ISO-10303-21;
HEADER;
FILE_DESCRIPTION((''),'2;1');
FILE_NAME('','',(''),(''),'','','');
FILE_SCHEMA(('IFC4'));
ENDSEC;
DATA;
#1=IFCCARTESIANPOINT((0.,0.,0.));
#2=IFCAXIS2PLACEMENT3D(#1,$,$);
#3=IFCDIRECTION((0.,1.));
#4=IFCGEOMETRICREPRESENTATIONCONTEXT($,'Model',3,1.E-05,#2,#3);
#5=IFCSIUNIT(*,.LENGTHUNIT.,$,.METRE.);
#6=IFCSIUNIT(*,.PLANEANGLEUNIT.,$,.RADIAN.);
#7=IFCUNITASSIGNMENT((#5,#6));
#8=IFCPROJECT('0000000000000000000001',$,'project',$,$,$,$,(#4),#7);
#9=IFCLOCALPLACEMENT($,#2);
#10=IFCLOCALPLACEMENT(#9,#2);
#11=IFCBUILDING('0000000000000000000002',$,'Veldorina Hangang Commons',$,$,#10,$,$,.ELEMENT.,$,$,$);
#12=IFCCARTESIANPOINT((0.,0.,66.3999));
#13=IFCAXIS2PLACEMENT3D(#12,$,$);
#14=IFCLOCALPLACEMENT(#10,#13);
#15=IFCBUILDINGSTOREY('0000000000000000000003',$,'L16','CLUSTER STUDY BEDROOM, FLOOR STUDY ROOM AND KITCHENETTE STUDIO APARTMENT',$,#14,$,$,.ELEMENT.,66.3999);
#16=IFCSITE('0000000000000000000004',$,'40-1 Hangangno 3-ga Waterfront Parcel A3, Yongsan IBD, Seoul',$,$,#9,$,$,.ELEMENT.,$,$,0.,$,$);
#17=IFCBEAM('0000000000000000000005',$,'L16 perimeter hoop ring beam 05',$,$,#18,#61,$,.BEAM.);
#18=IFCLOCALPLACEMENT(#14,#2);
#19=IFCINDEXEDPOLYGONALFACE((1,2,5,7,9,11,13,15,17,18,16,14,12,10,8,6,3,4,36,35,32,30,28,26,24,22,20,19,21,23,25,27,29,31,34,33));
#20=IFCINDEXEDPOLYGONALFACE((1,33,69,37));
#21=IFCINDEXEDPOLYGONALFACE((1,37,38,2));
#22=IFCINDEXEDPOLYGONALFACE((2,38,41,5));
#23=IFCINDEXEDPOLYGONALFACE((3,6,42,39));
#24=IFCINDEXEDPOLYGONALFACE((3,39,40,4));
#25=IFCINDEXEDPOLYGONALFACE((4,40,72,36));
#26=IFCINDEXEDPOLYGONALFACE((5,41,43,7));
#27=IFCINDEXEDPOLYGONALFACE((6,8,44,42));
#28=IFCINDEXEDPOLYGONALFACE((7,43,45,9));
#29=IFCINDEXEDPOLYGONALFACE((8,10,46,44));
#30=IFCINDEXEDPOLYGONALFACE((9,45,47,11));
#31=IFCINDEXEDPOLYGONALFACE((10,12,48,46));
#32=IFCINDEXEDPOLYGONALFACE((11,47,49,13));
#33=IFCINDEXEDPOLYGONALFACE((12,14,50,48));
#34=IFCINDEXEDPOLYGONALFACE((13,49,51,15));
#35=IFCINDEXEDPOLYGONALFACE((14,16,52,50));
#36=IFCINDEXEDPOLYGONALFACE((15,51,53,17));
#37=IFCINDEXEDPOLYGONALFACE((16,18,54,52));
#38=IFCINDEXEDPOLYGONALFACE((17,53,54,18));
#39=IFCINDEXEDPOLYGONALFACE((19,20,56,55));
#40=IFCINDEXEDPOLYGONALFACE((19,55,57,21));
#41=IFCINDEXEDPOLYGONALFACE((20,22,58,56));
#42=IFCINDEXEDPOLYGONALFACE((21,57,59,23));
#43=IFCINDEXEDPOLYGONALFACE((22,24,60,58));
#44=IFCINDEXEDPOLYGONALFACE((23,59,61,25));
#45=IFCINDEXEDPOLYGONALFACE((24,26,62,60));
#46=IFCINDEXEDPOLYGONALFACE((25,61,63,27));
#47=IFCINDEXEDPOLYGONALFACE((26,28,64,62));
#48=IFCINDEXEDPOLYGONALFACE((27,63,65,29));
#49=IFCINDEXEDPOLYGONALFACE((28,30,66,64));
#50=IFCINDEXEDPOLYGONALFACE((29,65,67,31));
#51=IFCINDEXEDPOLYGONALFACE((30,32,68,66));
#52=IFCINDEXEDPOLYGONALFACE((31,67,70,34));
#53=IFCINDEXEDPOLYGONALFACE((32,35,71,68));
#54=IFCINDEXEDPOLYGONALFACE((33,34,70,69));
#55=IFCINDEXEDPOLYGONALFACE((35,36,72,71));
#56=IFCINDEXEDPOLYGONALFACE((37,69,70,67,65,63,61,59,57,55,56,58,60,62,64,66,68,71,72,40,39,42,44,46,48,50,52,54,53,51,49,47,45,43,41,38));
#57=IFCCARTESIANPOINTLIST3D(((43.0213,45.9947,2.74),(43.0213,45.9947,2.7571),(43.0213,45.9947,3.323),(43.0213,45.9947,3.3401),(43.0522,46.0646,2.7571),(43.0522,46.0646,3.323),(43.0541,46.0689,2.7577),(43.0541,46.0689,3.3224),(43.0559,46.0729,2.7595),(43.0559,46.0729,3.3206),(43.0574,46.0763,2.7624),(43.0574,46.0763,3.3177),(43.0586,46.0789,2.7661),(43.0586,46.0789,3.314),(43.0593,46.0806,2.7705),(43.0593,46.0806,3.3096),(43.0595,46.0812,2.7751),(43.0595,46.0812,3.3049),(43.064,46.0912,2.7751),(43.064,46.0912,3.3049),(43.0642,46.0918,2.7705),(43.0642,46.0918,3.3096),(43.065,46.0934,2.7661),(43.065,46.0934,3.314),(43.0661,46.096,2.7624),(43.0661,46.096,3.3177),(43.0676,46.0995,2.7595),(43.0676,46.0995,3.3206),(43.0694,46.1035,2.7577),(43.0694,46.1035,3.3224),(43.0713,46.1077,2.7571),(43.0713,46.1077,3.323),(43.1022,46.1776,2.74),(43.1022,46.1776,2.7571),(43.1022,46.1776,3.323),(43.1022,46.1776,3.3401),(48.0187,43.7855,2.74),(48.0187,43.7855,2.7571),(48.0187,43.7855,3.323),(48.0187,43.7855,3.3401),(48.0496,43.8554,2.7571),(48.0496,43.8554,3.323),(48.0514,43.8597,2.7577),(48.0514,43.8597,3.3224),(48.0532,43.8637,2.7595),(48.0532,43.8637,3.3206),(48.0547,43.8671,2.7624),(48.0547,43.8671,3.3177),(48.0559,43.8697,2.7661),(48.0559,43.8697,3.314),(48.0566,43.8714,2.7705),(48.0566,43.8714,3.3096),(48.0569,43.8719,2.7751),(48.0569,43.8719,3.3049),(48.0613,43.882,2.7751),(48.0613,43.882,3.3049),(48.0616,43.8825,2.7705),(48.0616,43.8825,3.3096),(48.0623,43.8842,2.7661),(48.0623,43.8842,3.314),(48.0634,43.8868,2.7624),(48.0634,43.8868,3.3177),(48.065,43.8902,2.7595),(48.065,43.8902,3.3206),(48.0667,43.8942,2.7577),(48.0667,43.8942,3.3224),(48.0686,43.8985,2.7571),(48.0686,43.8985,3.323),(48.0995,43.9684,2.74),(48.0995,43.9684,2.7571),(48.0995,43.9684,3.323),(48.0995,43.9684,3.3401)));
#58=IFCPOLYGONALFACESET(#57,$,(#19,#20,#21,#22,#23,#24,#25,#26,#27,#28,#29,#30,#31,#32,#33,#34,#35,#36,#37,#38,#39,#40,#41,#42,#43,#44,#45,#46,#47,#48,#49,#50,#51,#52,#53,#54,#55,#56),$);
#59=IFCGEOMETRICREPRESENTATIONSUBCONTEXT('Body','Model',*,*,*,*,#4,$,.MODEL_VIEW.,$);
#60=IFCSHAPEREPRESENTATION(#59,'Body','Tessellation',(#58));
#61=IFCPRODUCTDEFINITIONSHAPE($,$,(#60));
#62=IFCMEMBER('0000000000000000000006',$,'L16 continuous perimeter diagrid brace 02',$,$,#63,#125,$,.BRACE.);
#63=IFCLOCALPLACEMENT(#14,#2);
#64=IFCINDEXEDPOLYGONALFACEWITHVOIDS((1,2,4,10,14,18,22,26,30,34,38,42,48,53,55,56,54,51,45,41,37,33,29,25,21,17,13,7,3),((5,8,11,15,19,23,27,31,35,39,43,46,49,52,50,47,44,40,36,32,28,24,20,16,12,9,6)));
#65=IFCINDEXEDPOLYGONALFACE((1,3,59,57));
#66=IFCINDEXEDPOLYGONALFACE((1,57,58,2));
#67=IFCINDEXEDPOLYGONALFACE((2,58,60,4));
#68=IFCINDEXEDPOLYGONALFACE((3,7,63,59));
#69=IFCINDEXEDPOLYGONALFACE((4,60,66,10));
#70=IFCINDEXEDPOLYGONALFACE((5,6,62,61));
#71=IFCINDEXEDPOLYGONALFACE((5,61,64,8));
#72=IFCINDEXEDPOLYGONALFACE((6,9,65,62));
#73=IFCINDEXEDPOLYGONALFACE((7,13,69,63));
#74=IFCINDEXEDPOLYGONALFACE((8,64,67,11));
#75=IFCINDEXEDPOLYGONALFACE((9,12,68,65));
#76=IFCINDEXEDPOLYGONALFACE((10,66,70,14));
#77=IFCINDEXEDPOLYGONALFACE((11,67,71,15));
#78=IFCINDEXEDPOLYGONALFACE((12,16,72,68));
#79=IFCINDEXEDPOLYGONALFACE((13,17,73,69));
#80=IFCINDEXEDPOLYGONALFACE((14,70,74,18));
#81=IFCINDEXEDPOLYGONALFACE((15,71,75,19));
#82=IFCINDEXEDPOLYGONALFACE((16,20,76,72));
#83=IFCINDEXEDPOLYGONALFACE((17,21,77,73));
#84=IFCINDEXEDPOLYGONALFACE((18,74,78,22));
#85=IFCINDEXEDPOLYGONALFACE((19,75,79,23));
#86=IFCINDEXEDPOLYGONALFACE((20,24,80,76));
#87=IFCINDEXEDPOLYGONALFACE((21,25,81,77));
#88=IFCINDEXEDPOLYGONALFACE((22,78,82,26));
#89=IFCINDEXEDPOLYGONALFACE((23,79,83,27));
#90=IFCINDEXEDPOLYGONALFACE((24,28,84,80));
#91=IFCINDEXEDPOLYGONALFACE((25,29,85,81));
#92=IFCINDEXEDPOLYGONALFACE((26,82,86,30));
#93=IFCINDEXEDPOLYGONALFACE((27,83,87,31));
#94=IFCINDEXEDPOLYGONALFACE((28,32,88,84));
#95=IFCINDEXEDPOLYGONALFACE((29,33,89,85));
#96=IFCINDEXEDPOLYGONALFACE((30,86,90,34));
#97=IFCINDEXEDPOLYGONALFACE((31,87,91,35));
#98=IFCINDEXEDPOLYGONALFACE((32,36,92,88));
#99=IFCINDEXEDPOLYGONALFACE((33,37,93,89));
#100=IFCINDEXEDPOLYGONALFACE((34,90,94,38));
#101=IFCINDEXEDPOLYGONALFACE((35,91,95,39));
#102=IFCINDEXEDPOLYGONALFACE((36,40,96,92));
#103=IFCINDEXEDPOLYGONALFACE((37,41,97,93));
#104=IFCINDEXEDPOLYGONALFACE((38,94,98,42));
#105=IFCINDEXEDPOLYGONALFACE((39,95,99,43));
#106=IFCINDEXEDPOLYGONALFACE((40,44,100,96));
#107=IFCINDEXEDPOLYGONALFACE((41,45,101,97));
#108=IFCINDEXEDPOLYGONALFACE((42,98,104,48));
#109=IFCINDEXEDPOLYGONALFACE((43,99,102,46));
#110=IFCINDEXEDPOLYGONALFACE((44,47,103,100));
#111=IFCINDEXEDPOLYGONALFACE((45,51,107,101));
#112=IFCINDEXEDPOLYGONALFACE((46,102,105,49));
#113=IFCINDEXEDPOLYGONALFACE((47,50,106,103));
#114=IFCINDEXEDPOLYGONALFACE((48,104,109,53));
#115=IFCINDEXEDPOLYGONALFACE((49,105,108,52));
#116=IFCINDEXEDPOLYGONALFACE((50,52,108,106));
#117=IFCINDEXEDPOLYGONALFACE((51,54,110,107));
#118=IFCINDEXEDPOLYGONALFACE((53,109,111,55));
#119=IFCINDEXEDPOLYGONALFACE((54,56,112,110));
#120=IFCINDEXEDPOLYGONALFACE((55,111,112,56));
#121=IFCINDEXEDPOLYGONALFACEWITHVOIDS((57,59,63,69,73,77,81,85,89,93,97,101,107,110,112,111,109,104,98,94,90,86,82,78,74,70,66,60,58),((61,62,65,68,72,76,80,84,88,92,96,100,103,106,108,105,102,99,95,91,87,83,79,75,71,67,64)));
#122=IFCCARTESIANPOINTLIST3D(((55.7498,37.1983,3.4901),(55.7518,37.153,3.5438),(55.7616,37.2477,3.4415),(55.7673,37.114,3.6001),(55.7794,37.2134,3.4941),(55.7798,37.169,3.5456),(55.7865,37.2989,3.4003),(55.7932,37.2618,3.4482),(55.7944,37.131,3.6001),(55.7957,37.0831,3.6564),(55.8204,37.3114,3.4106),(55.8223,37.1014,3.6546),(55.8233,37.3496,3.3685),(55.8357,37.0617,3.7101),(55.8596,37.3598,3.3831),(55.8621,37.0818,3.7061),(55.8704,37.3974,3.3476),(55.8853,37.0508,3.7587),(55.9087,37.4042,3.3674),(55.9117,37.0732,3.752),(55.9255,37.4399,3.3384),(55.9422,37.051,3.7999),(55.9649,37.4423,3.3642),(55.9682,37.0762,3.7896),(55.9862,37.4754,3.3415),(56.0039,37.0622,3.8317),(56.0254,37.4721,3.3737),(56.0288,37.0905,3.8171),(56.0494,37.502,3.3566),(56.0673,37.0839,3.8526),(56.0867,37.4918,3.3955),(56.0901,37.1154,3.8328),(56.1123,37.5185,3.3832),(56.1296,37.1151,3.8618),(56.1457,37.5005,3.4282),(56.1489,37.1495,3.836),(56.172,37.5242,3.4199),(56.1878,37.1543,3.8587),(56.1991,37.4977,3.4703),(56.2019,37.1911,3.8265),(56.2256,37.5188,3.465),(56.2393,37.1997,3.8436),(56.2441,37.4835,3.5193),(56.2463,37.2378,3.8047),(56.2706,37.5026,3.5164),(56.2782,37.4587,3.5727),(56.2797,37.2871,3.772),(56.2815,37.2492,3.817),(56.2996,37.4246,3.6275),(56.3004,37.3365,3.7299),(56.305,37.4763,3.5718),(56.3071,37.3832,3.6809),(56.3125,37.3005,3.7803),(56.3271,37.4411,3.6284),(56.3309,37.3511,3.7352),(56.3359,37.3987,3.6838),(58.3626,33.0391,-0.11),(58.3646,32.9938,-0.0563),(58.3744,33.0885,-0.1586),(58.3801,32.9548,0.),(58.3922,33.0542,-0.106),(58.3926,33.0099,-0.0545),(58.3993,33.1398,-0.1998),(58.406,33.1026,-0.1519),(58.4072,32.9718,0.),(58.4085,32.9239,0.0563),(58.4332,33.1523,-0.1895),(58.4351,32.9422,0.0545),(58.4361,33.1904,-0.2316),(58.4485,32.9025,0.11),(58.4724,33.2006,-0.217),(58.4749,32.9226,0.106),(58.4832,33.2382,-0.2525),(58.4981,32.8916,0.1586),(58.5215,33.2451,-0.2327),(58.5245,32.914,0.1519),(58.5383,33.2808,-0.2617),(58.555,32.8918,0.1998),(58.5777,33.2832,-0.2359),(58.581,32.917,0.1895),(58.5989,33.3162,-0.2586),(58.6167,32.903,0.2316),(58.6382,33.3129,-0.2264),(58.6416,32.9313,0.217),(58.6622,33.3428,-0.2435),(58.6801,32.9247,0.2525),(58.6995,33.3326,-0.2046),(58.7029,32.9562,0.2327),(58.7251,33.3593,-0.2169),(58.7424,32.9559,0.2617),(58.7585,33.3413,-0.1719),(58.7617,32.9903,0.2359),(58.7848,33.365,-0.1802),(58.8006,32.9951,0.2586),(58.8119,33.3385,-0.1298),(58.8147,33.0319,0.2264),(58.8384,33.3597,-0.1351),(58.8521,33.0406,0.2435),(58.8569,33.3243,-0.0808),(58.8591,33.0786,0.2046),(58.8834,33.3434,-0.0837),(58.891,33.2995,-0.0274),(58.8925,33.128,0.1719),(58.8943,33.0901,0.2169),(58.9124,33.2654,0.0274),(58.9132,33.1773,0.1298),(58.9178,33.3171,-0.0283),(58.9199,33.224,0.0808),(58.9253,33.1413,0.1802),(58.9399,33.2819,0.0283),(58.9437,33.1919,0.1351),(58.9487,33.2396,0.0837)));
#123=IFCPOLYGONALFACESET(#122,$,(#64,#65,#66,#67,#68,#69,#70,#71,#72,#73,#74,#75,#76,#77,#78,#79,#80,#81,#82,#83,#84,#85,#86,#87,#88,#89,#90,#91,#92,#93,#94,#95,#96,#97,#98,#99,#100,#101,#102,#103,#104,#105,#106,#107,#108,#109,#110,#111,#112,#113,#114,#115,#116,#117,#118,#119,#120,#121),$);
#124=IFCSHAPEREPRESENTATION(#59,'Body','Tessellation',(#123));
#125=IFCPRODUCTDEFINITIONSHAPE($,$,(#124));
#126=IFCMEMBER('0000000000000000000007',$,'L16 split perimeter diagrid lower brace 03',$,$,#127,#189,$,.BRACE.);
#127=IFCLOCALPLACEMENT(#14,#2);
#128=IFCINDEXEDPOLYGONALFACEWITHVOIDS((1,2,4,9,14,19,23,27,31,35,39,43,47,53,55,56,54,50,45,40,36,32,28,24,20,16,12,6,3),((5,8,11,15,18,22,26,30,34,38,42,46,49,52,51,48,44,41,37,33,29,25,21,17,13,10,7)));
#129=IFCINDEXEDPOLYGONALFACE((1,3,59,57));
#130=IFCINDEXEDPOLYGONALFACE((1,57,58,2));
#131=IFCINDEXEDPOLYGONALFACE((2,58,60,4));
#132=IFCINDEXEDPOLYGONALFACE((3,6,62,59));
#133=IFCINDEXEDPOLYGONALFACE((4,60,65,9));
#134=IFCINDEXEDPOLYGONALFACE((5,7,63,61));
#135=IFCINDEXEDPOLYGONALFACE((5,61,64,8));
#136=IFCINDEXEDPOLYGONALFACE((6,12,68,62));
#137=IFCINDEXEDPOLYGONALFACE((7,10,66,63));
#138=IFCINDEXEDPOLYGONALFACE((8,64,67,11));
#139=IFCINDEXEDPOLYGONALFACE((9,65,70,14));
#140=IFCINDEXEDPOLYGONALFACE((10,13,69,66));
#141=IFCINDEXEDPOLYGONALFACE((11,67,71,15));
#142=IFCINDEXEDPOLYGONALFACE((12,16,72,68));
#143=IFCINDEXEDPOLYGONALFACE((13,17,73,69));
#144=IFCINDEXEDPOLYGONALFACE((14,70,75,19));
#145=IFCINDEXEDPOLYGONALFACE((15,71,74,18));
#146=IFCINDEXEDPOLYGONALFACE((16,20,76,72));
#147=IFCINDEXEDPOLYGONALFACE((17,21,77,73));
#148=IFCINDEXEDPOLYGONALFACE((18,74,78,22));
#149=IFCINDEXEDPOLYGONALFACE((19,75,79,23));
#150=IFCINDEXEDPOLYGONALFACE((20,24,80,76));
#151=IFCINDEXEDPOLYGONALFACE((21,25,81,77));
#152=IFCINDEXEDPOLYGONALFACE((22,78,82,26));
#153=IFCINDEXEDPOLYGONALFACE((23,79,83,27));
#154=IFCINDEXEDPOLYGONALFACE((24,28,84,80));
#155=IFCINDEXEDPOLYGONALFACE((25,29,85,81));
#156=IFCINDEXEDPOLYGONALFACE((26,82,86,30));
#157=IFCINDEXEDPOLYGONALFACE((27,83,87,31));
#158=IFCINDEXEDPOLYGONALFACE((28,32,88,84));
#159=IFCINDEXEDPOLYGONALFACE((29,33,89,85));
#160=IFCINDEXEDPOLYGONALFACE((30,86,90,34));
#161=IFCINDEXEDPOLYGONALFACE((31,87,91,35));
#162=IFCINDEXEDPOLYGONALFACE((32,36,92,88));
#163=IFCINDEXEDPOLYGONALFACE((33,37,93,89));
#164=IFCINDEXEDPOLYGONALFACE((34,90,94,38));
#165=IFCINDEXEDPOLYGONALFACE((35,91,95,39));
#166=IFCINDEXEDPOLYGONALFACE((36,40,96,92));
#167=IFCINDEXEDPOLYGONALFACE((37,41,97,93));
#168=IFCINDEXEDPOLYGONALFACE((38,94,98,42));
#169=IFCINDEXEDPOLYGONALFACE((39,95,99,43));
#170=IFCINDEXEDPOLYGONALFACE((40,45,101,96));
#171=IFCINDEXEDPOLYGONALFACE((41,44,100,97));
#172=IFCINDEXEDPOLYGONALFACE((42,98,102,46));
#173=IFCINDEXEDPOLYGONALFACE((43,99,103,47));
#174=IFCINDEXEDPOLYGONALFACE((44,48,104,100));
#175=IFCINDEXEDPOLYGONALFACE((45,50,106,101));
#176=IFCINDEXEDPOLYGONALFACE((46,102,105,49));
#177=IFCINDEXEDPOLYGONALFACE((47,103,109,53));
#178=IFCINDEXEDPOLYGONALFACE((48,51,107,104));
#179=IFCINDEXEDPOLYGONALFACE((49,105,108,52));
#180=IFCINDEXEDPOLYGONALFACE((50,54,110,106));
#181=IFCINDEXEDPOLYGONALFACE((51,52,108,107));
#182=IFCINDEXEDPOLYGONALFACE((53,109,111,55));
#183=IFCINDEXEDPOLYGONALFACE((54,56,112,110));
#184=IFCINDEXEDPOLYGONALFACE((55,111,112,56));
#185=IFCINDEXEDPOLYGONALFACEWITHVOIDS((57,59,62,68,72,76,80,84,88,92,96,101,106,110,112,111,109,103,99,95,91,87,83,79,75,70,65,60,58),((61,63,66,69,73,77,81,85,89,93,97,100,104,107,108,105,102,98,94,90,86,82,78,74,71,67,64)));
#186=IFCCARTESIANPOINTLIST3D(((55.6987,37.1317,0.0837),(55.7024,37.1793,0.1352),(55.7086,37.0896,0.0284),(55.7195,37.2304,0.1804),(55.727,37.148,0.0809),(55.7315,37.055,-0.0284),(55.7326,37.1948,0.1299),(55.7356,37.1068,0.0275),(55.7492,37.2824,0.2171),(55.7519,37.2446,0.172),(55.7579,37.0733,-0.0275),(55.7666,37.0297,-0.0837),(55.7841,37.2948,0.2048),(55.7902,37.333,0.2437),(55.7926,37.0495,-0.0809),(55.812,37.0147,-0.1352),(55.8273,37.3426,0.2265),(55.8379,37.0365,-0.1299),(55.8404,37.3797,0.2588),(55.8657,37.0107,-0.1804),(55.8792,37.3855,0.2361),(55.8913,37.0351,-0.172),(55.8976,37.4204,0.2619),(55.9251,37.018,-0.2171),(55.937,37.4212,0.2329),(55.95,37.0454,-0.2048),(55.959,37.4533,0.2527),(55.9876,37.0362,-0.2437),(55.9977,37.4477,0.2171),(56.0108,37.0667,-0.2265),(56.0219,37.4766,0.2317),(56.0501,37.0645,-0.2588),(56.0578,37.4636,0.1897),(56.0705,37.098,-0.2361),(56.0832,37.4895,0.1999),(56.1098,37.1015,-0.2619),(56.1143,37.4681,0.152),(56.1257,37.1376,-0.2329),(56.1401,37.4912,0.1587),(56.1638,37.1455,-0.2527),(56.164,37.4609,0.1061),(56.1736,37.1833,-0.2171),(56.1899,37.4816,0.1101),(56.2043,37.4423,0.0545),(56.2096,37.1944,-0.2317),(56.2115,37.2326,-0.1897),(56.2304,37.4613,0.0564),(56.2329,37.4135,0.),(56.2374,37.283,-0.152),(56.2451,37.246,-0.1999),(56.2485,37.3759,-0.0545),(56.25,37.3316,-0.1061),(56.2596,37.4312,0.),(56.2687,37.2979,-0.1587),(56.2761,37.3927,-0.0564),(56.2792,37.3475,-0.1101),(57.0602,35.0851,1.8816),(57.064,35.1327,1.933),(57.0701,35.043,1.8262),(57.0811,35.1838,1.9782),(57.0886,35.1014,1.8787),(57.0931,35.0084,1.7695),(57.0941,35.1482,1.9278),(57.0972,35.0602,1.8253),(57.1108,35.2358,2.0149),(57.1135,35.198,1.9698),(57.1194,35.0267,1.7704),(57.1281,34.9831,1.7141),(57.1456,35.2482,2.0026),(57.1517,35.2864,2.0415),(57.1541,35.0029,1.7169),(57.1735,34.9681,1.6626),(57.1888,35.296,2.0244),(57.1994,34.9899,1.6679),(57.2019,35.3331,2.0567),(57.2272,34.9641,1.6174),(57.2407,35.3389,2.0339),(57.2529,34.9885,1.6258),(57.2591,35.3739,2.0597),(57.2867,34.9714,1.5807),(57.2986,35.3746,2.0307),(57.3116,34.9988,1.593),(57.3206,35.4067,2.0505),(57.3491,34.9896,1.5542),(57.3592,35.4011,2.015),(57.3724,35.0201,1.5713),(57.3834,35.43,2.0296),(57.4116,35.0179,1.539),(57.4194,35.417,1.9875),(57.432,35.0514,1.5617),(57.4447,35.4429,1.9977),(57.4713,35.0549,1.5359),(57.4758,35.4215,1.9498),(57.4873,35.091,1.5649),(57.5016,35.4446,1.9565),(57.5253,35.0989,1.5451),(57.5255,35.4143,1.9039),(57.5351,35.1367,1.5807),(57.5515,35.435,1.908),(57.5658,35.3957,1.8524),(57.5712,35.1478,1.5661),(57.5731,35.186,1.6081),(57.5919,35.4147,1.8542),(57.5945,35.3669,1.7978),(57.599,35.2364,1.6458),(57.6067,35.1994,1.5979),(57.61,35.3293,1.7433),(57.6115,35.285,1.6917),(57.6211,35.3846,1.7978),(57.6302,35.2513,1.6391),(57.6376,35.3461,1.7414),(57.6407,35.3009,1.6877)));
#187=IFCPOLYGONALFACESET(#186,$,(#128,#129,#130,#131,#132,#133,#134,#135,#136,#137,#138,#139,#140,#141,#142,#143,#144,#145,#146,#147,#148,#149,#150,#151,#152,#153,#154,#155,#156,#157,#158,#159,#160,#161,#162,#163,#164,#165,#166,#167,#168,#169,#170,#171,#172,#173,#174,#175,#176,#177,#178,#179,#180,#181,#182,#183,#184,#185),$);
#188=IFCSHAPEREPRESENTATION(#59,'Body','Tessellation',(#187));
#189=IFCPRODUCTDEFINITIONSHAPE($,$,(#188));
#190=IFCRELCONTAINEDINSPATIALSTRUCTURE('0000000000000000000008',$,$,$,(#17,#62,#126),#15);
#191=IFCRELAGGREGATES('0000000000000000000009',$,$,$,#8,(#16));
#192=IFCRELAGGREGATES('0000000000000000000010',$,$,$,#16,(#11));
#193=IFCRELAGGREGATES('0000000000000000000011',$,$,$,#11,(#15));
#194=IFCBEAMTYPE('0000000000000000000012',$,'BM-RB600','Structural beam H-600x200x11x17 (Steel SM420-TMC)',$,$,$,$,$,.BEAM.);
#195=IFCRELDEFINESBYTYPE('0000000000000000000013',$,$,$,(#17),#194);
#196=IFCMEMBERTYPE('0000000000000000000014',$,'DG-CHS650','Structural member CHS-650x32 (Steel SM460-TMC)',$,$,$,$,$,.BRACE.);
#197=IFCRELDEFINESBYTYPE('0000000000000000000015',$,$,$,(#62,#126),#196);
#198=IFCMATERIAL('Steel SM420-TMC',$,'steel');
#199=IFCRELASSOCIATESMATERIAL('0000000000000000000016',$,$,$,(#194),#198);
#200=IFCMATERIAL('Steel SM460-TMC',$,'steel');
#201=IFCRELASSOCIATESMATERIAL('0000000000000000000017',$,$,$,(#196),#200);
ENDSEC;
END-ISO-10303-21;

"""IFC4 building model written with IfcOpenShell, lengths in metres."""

from ifc_helpers import new_model, si_unit, direction, frame, origin, origin_2d, place, context, subcontext, project, spatial, hollow_circle, i_section, extrude, material, material_profile, profile_set, type_object, element, save


model = new_model("IFC4")

# Units and contexts
model_context = context("Model", 3, precision=1e-05, world=origin(), true_north=direction((0.0, 1.0)))
body_context = subcontext(model_context, "Body", "Model", "MODEL_VIEW")
ifc_project = project(units=[si_unit("LENGTHUNIT", "METRE"), si_unit("PLANEANGLEUNIT", "RADIAN")], contexts=[model_context])

# Site, building, storey
site_placement = place(None, origin())
site = spatial("IfcSite", under=ifc_project, at=site_placement, Name="40-1 Hangangno 3-ga Waterfront Parcel A3, Yongsan IBD, Seoul", CompositionType="ELEMENT", RefElevation=0.0)
building_placement = place(site_placement, origin())
building = spatial("IfcBuilding", under=site, at=building_placement, Name="Veldorina Hangang Commons", CompositionType="ELEMENT")
storey_placement = place(building_placement, frame((0.0, 0.0, 66.3999)))
storey = spatial("IfcBuildingStorey", under=building, at=storey_placement, Name="L16", Description="CLUSTER STUDY BEDROOM, FLOOR STUDY ROOM AND KITCHENETTE STUDIO APARTMENT", CompositionType="ELEMENT", Elevation=66.3999)

# Beam
ifc_material_1 = material(Name="Steel SM420-TMC", Category="steel")
ifc_material_profile_1 = material_profile(ifc_material_1, i_section(OverallWidth=0.2, OverallDepth=0.6001, WebThickness=0.011, FlangeThickness=0.0171, FilletRadius=0.0181, at=origin_2d()), Name="H-600x200x11x17")
ifc_profile_set_1 = profile_set([ifc_material_profile_1], Name="Steel SM420-TMC")
beam_type_1 = type_object("IfcBeamType", Name="BM-RB600", Description="Structural beam H-600x200x11x17 (Steel SM420-TMC)", PredefinedType="BEAM", material=ifc_profile_set_1)
beam_1_placement = place(storey_placement, frame((48.0591, 43.877, 3.04), z_axis=(-0.914611, 0.404334, 0.0), x_axis=(-0.404334, -0.914611, 0.0)))
element("IfcBeam", 1, at=beam_1_placement, inside=storey, type_object=beam_type_1, Name="L16 perimeter hoop ring beam 05", PredefinedType="BEAM", context=body_context, shape_type="SweptSolid", body=[
    extrude(i_section(OverallWidth=0.2, OverallDepth=0.6001, WebThickness=0.011, FlangeThickness=0.0171, FilletRadius=0.0181, at=origin_2d()), origin(), (0.0, 0.0, 1.0), 5.4639),
])

# Members
ifc_material_2 = material(Name="Steel SM460-TMC", Category="steel")
ifc_material_profile_2 = material_profile(ifc_material_2, hollow_circle(Radius=0.325, WallThickness=0.032, at=origin_2d()), Name="CHS-650x32")
ifc_profile_set_2 = profile_set([ifc_material_profile_2], Name="Steel SM460-TMC")
member_type = type_object("IfcMemberType", Name="DG-CHS650", Description="Structural member CHS-650x32 (Steel SM460-TMC)", PredefinedType="BRACE", material=ifc_profile_set_2)
member_1_placement = place(storey_placement, frame((58.6553, 33.1277, 0.0), z_axis=(-0.429041, 0.68297, 0.591164), x_axis=(-0.846779, -0.531946, 0.0)))
element("IfcMember", 2, at=member_1_placement, inside=storey, type_object=member_type, Name="L16 continuous perimeter diagrid brace 02", PredefinedType="BRACE", context=body_context, shape_type="SweptSolid", body=[
    extrude(hollow_circle(Radius=0.325, WallThickness=0.032, at=origin_2d()), origin(), (0.0, 0.0, 1.0), 6.0898),
])
member_2_placement = place(storey_placement, frame((55.989, 37.2512, 0.0), z_axis=(0.447082, -0.672026, 0.590338), x_axis=(0.832585, 0.553898, 0.0)))
element("IfcMember", 3, at=member_2_placement, inside=storey, type_object=member_type, Name="L16 split perimeter diagrid lower brace 03", PredefinedType="BRACE", context=body_context, shape_type="SweptSolid", body=[
    extrude(hollow_circle(Radius=0.325, WallThickness=0.032, at=origin_2d()), origin(), (0.0, 0.0, 1.0), 3.0454),
])

save(model, "model.ifc")
